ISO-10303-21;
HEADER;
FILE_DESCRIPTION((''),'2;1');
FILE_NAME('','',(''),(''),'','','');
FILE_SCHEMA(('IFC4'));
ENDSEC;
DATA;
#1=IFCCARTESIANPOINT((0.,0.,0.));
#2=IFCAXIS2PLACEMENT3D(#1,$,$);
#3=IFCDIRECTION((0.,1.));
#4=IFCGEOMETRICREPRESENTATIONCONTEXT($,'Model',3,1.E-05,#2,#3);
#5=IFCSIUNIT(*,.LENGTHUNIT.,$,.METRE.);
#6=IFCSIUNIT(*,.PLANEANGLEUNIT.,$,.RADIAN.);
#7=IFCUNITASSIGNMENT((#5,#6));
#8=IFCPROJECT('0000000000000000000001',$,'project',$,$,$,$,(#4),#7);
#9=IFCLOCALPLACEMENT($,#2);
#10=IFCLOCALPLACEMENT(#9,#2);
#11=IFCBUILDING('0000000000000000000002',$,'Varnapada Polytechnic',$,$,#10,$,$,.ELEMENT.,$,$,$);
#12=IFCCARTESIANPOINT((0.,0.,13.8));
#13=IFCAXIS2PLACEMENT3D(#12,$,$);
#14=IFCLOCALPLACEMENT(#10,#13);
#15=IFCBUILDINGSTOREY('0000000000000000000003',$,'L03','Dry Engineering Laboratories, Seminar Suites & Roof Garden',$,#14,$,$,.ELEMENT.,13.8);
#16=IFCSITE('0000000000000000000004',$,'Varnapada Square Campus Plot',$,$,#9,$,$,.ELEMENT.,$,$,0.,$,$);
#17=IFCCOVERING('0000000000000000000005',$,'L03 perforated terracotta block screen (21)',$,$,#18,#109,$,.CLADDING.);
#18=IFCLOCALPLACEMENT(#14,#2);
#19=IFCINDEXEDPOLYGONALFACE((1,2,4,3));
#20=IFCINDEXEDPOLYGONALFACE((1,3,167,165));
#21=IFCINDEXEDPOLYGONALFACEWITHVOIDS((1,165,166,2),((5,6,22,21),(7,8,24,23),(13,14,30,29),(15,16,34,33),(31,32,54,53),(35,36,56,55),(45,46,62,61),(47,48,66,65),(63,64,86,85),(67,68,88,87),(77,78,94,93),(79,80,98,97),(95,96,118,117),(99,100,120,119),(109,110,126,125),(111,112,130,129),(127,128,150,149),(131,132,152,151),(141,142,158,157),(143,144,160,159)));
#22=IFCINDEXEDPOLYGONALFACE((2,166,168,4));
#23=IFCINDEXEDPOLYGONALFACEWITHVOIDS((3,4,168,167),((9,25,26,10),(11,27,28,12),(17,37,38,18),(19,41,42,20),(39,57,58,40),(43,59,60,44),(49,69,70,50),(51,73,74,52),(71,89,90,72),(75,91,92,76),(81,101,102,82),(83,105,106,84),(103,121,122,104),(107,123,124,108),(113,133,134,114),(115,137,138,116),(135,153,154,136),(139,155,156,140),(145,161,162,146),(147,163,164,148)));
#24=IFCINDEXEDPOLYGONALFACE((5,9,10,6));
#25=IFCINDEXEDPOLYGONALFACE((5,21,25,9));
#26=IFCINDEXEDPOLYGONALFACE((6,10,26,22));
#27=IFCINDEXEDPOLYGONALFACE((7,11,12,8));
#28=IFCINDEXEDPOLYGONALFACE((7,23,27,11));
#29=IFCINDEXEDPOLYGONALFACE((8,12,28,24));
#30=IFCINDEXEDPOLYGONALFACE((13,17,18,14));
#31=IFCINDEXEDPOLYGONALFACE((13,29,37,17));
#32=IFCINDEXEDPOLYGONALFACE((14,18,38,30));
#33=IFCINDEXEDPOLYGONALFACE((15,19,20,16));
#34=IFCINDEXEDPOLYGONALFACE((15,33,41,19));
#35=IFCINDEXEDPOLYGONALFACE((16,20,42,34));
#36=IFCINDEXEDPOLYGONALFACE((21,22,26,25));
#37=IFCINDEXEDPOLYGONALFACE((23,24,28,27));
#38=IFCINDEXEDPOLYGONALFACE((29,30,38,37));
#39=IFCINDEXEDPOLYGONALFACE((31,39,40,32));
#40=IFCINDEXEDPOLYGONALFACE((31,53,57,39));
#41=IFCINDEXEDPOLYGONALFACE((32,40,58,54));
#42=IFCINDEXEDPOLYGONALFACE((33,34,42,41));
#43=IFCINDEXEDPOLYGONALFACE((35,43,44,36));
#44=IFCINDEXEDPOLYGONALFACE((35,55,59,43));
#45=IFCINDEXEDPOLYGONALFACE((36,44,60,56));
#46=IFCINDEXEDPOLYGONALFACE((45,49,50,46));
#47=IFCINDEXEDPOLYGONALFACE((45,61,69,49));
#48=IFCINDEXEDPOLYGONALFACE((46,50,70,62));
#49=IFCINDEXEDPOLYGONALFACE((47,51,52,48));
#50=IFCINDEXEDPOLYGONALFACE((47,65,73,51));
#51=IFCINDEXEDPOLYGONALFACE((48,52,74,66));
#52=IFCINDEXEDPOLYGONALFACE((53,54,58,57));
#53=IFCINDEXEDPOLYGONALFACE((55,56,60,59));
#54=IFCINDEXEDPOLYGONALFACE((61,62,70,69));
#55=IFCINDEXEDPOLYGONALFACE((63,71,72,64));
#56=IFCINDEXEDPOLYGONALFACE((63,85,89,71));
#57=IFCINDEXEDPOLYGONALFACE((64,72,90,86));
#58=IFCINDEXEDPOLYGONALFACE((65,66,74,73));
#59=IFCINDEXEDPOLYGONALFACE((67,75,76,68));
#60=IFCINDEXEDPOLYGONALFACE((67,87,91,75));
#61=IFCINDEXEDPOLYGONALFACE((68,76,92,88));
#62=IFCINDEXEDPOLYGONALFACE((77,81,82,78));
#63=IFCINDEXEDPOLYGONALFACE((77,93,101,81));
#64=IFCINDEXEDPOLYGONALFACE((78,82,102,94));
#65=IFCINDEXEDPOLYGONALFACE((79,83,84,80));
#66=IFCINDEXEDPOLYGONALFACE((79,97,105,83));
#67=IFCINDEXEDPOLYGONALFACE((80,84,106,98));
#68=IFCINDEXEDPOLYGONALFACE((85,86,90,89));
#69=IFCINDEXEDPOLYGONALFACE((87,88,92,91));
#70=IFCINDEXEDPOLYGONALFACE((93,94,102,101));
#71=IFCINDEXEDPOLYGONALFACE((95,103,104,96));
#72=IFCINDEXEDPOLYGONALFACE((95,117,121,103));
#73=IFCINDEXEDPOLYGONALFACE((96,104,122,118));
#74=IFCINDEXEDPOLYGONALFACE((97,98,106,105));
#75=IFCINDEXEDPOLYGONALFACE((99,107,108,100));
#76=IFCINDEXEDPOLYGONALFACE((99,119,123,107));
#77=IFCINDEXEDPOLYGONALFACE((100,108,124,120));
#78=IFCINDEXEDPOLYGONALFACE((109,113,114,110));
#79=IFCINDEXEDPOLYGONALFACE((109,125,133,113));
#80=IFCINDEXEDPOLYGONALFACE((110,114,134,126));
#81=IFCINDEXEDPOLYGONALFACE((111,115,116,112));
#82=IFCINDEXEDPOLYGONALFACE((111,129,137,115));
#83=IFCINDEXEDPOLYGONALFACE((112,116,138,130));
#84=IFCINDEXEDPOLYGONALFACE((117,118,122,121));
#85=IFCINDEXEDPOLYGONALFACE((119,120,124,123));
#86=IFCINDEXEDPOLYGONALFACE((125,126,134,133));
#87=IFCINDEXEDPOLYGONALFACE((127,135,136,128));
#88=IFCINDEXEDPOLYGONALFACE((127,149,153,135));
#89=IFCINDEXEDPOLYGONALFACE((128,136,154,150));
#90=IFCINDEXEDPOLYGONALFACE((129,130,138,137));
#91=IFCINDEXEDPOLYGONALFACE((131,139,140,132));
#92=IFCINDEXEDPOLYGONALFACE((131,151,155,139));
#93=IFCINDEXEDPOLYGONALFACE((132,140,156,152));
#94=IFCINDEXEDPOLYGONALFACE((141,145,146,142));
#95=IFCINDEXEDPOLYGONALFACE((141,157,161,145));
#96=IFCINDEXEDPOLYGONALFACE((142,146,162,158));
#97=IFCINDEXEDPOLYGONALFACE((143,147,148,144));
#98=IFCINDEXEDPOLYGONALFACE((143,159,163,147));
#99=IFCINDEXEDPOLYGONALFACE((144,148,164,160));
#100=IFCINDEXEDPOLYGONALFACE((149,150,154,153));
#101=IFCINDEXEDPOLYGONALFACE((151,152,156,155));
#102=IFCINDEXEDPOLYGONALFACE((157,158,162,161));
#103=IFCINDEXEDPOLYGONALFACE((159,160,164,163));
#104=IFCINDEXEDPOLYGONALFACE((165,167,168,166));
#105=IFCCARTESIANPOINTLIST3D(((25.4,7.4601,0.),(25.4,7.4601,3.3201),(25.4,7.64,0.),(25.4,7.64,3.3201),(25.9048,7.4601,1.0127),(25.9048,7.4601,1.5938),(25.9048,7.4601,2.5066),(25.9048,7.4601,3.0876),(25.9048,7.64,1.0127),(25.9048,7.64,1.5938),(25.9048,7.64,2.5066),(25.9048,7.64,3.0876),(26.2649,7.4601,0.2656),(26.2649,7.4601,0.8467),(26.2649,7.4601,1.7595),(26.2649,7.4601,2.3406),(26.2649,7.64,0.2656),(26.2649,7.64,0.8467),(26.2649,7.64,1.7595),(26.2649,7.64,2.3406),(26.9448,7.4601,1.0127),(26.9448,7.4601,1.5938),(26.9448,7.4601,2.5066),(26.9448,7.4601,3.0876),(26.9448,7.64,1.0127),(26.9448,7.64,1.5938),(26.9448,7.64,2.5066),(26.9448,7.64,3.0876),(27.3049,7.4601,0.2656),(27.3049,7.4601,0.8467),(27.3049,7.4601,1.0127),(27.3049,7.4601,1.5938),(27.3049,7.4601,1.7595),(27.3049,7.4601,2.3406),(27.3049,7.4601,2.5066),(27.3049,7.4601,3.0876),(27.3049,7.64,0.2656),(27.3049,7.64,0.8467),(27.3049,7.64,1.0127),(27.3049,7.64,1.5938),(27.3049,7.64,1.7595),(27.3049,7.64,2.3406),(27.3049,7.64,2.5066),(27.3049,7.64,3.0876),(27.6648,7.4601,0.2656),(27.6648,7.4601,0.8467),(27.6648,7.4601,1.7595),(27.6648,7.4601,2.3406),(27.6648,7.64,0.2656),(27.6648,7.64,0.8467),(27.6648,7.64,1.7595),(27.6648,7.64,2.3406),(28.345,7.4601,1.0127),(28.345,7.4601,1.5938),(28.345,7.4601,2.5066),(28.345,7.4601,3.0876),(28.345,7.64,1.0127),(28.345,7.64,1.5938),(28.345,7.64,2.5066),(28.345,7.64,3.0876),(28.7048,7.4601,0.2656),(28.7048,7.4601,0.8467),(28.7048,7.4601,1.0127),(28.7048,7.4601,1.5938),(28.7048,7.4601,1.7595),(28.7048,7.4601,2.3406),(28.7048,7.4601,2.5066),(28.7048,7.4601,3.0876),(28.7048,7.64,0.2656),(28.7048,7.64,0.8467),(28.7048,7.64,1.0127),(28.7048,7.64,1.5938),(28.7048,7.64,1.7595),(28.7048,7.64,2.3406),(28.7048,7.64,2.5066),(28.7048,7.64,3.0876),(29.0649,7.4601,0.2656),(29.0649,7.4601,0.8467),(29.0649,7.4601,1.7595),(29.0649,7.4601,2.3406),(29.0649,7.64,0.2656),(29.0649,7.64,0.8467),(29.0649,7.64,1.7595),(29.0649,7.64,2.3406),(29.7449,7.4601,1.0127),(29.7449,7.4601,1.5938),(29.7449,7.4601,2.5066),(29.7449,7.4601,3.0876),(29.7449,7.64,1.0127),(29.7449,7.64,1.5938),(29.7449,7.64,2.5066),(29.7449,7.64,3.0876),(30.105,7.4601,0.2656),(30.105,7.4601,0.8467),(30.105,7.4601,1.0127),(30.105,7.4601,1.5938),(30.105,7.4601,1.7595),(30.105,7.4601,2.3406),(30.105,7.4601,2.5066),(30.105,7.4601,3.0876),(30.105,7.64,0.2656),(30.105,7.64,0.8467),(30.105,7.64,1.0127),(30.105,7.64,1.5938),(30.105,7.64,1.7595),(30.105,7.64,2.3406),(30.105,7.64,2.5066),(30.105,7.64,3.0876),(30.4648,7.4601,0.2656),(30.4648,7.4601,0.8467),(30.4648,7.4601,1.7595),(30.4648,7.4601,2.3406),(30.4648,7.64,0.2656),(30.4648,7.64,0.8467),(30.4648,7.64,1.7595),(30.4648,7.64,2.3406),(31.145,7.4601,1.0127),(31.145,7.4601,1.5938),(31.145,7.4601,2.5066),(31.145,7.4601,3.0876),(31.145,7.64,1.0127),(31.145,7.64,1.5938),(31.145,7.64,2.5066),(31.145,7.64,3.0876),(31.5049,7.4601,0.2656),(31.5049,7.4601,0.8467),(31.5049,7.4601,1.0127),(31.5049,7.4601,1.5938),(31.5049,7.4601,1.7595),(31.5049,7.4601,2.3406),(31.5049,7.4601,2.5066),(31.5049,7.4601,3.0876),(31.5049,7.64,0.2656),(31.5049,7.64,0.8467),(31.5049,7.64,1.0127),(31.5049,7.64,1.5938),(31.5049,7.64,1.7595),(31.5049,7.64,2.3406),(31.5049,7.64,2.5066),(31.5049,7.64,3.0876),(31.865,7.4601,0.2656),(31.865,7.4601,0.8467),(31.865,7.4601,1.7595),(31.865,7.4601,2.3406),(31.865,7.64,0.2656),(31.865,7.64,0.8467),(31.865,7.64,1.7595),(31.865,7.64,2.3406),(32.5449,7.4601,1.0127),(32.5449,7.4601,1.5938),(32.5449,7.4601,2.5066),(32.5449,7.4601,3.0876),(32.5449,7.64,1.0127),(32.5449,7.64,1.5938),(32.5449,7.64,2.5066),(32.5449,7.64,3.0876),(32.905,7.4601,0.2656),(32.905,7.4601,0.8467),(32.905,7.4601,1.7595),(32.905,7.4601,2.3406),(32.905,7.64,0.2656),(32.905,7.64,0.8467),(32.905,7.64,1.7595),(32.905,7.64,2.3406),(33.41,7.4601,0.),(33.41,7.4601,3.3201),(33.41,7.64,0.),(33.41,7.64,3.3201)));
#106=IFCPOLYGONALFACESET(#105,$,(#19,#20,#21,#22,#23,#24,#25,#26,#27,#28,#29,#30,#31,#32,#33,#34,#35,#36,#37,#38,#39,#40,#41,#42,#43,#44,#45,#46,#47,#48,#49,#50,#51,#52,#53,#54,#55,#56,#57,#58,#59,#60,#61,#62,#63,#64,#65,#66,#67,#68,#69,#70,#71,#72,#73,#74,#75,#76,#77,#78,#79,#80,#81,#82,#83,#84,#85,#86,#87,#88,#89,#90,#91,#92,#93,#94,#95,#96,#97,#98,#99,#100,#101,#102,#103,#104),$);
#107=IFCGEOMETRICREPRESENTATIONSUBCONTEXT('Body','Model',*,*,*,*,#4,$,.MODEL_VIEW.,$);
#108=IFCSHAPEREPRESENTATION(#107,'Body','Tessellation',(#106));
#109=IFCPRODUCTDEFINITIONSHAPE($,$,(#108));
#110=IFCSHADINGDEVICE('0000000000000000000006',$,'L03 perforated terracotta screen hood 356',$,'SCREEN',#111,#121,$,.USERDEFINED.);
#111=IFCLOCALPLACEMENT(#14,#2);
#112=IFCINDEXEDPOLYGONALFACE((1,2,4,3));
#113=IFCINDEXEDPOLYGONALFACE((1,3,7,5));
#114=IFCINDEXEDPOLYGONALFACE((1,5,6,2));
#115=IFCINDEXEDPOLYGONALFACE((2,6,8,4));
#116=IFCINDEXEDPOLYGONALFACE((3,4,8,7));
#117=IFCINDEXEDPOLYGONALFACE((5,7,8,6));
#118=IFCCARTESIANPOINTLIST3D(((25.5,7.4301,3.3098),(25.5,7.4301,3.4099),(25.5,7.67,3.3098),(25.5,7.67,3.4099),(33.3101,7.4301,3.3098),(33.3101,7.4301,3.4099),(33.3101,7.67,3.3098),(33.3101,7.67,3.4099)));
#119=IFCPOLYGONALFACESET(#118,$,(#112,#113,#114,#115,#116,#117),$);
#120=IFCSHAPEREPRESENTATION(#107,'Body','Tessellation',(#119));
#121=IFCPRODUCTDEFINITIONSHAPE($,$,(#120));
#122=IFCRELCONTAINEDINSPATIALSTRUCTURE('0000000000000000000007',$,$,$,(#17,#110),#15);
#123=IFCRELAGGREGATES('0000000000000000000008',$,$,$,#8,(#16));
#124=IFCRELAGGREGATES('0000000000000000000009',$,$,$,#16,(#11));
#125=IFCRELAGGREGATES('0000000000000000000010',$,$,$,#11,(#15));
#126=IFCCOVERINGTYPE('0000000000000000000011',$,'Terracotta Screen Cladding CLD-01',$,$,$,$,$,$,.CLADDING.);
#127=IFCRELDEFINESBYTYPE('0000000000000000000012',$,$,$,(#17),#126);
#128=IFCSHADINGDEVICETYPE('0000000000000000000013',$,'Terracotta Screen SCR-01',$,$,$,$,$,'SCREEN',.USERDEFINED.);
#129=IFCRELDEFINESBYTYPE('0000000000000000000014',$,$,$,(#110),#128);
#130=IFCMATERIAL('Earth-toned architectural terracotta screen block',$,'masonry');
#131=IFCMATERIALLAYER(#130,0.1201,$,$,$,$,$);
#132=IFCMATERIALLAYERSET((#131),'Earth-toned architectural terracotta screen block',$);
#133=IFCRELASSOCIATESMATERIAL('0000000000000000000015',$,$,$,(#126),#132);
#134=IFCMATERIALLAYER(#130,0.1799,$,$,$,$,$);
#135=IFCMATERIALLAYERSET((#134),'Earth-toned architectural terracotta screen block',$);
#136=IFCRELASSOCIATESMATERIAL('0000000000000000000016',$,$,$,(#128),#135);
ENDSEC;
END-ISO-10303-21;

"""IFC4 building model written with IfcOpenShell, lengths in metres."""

from ifc_helpers import new_model, si_unit, direction, frame, frame_2d, origin, origin_2d, place, context, subcontext, project, spatial, rectangle, extrude, material, layer, layer_set, type_object, element, save


model = new_model("IFC4")

# Units and contexts
model_context = context("Model", 3, precision=1e-05, world=origin(), true_north=direction((0.0, 1.0)))
body_context = subcontext(model_context, "Body", "Model", "MODEL_VIEW")
ifc_project = project(units=[si_unit("LENGTHUNIT", "METRE"), si_unit("PLANEANGLEUNIT", "RADIAN")], contexts=[model_context])

# Site, building, storey
site_placement = place(None, origin())
site = spatial("IfcSite", under=ifc_project, at=site_placement, Name="Varnapada Square Campus Plot", CompositionType="ELEMENT", RefElevation=0.0)
building_placement = place(site_placement, origin())
building = spatial("IfcBuilding", under=site, at=building_placement, Name="Varnapada Polytechnic", CompositionType="ELEMENT")
storey_placement = place(building_placement, frame((0.0, 0.0, 13.8)))
storey = spatial("IfcBuildingStorey", under=building, at=storey_placement, Name="L03", Description="Dry Engineering Laboratories, Seminar Suites & Roof Garden", CompositionType="ELEMENT", Elevation=13.8)

# Covering, openings
ifc_material_1 = material(Name="Earth-toned architectural terracotta screen block", Category="masonry")
ifc_layer_1 = layer(ifc_material_1, 0.1201)
ifc_layer_set_1 = layer_set([ifc_layer_1], Name="Earth-toned architectural terracotta screen block")
covering_type = type_object("IfcCoveringType", Name="Terracotta Screen Cladding CLD-01", PredefinedType="CLADDING", material=ifc_layer_set_1)
covering_placement = place(storey_placement, frame((33.4099, 7.55, 0.0), z_axis=(0.0, 0.0, 1.0), x_axis=(-1.0, 0.0, 0.0)))
covering = element("IfcCovering", 1, at=covering_placement, inside=storey, type_object=covering_type, Name="L03 perforated terracotta block screen (21)", PredefinedType="CLADDING", context=body_context, shape_type="SweptSolid", body=[
    extrude(rectangle(XDim=8.01, YDim=0.1799, at=frame_2d((4.0049, 0.0))), origin(), (0.0, 0.0, 1.0), 3.3201),
])
opening_1_placement = place(covering_placement, frame((0.5049, 0.0, 0.2656)))
element("IfcOpeningElement", 2, at=opening_1_placement, cuts=covering, PredefinedType="OPENING", context=body_context, shape_type="SweptSolid", body=[
    extrude(rectangle(XDim=1.04, YDim=0.5811, at=frame_2d((0.52, 0.2905))), frame((0.0, 0.0999, 0.0), z_axis=(0.0, -1.0, 0.0), x_axis=(1.0, 0.0, 0.0)), (0.0, 0.0, 1.0), 0.2),
])
opening_2_placement = place(covering_placement, frame((1.905, 0.0, 0.2656)))
element("IfcOpeningElement", 3, at=opening_2_placement, cuts=covering, PredefinedType="OPENING", context=body_context, shape_type="SweptSolid", body=[
    extrude(rectangle(XDim=1.04, YDim=0.5811, at=frame_2d((0.52, 0.2905))), frame((0.0, 0.0999, 0.0), z_axis=(0.0, -1.0, 0.0), x_axis=(1.0, 0.0, 0.0)), (0.0, 0.0, 1.0), 0.2),
])
opening_3_placement = place(covering_placement, frame((3.3049, 0.0, 0.2656)))
element("IfcOpeningElement", 4, at=opening_3_placement, cuts=covering, PredefinedType="OPENING", context=body_context, shape_type="SweptSolid", body=[
    extrude(rectangle(XDim=1.04, YDim=0.5811, at=frame_2d((0.52, 0.2905))), frame((0.0, 0.0999, 0.0), z_axis=(0.0, -1.0, 0.0), x_axis=(1.0, 0.0, 0.0)), (0.0, 0.0, 1.0), 0.2),
])
opening_4_placement = place(covering_placement, frame((4.7051, 0.0, 0.2656)))
element("IfcOpeningElement", 5, at=opening_4_placement, cuts=covering, PredefinedType="OPENING", context=body_context, shape_type="SweptSolid", body=[
    extrude(rectangle(XDim=1.04, YDim=0.5811, at=frame_2d((0.52, 0.2905))), frame((0.0, 0.0999, 0.0), z_axis=(0.0, -1.0, 0.0), x_axis=(1.0, 0.0, 0.0)), (0.0, 0.0, 1.0), 0.2),
])
opening_5_placement = place(covering_placement, frame((6.105, 0.0, 0.2656)))
element("IfcOpeningElement", 6, at=opening_5_placement, cuts=covering, PredefinedType="OPENING", context=body_context, shape_type="SweptSolid", body=[
    extrude(rectangle(XDim=1.04, YDim=0.5811, at=frame_2d((0.52, 0.2905))), frame((0.0, 0.0999, 0.0), z_axis=(0.0, -1.0, 0.0), x_axis=(1.0, 0.0, 0.0)), (0.0, 0.0, 1.0), 0.2),
])
opening_6_placement = place(covering_placement, frame((0.865, 0.0, 1.0127)))
element("IfcOpeningElement", 7, at=opening_6_placement, cuts=covering, PredefinedType="OPENING", context=body_context, shape_type="SweptSolid", body=[
    extrude(rectangle(XDim=1.04, YDim=0.5811, at=frame_2d((0.52, 0.2905))), frame((0.0, 0.0999, 0.0), z_axis=(0.0, -1.0, 0.0), x_axis=(1.0, 0.0, 0.0)), (0.0, 0.0, 1.0), 0.2),
])
opening_7_placement = place(covering_placement, frame((2.2649, 0.0, 1.0127)))
element("IfcOpeningElement", 8, at=opening_7_placement, cuts=covering, PredefinedType="OPENING", context=body_context, shape_type="SweptSolid", body=[
    extrude(rectangle(XDim=1.04, YDim=0.5811, at=frame_2d((0.52, 0.2905))), frame((0.0, 0.0999, 0.0), z_axis=(0.0, -1.0, 0.0), x_axis=(1.0, 0.0, 0.0)), (0.0, 0.0, 1.0), 0.2),
])
opening_8_placement = place(covering_placement, frame((3.665, 0.0, 1.0127)))
element("IfcOpeningElement", 9, at=opening_8_placement, cuts=covering, PredefinedType="OPENING", context=body_context, shape_type="SweptSolid", body=[
    extrude(rectangle(XDim=1.04, YDim=0.5811, at=frame_2d((0.52, 0.2905))), frame((0.0, 0.0999, 0.0), z_axis=(0.0, -1.0, 0.0), x_axis=(1.0, 0.0, 0.0)), (0.0, 0.0, 1.0), 0.2),
])
opening_9_placement = place(covering_placement, frame((5.0649, 0.0, 1.0127)))
element("IfcOpeningElement", 10, at=opening_9_placement, cuts=covering, PredefinedType="OPENING", context=body_context, shape_type="SweptSolid", body=[
    extrude(rectangle(XDim=1.04, YDim=0.5811, at=frame_2d((0.52, 0.2905))), frame((0.0, 0.0999, 0.0), z_axis=(0.0, -1.0, 0.0), x_axis=(1.0, 0.0, 0.0)), (0.0, 0.0, 1.0), 0.2),
])
opening_10_placement = place(covering_placement, frame((6.4651, 0.0, 1.0127)))
element("IfcOpeningElement", 11, at=opening_10_placement, cuts=covering, PredefinedType="OPENING", context=body_context, shape_type="SweptSolid", body=[
    extrude(rectangle(XDim=1.04, YDim=0.5811, at=frame_2d((0.52, 0.2905))), frame((0.0, 0.0999, 0.0), z_axis=(0.0, -1.0, 0.0), x_axis=(1.0, 0.0, 0.0)), (0.0, 0.0, 1.0), 0.2),
])
opening_11_placement = place(covering_placement, frame((0.5049, 0.0, 1.7595)))
element("IfcOpeningElement", 12, at=opening_11_placement, cuts=covering, PredefinedType="OPENING", context=body_context, shape_type="SweptSolid", body=[
    extrude(rectangle(XDim=1.04, YDim=0.5811, at=frame_2d((0.52, 0.2905))), frame((0.0, 0.0999, 0.0), z_axis=(0.0, -1.0, 0.0), x_axis=(1.0, 0.0, 0.0)), (0.0, 0.0, 1.0), 0.2),
])
opening_12_placement = place(covering_placement, frame((1.905, 0.0, 1.7595)))
element("IfcOpeningElement", 13, at=opening_12_placement, cuts=covering, PredefinedType="OPENING", context=body_context, shape_type="SweptSolid", body=[
    extrude(rectangle(XDim=1.04, YDim=0.5811, at=frame_2d((0.52, 0.2905))), frame((0.0, 0.0999, 0.0), z_axis=(0.0, -1.0, 0.0), x_axis=(1.0, 0.0, 0.0)), (0.0, 0.0, 1.0), 0.2),
])
opening_13_placement = place(covering_placement, frame((3.3049, 0.0, 1.7595)))
element("IfcOpeningElement", 14, at=opening_13_placement, cuts=covering, PredefinedType="OPENING", context=body_context, shape_type="SweptSolid", body=[
    extrude(rectangle(XDim=1.04, YDim=0.5811, at=frame_2d((0.52, 0.2905))), frame((0.0, 0.0999, 0.0), z_axis=(0.0, -1.0, 0.0), x_axis=(1.0, 0.0, 0.0)), (0.0, 0.0, 1.0), 0.2),
])
opening_14_placement = place(covering_placement, frame((4.7051, 0.0, 1.7595)))
element("IfcOpeningElement", 15, at=opening_14_placement, cuts=covering, PredefinedType="OPENING", context=body_context, shape_type="SweptSolid", body=[
    extrude(rectangle(XDim=1.04, YDim=0.5811, at=frame_2d((0.52, 0.2905))), frame((0.0, 0.0999, 0.0), z_axis=(0.0, -1.0, 0.0), x_axis=(1.0, 0.0, 0.0)), (0.0, 0.0, 1.0), 0.2),
])
opening_15_placement = place(covering_placement, frame((6.105, 0.0, 1.7595)))
element("IfcOpeningElement", 16, at=opening_15_placement, cuts=covering, PredefinedType="OPENING", context=body_context, shape_type="SweptSolid", body=[
    extrude(rectangle(XDim=1.04, YDim=0.5811, at=frame_2d((0.52, 0.2905))), frame((0.0, 0.0999, 0.0), z_axis=(0.0, -1.0, 0.0), x_axis=(1.0, 0.0, 0.0)), (0.0, 0.0, 1.0), 0.2),
])
opening_16_placement = place(covering_placement, frame((0.865, 0.0, 2.5066)))
element("IfcOpeningElement", 17, at=opening_16_placement, cuts=covering, PredefinedType="OPENING", context=body_context, shape_type="SweptSolid", body=[
    extrude(rectangle(XDim=1.04, YDim=0.5811, at=frame_2d((0.52, 0.2905))), frame((0.0, 0.0999, 0.0), z_axis=(0.0, -1.0, 0.0), x_axis=(1.0, 0.0, 0.0)), (0.0, 0.0, 1.0), 0.2),
])
opening_17_placement = place(covering_placement, frame((2.2649, 0.0, 2.5066)))
element("IfcOpeningElement", 18, at=opening_17_placement, cuts=covering, PredefinedType="OPENING", context=body_context, shape_type="SweptSolid", body=[
    extrude(rectangle(XDim=1.04, YDim=0.5811, at=frame_2d((0.52, 0.2905))), frame((0.0, 0.0999, 0.0), z_axis=(0.0, -1.0, 0.0), x_axis=(1.0, 0.0, 0.0)), (0.0, 0.0, 1.0), 0.2),
])
opening_18_placement = place(covering_placement, frame((3.665, 0.0, 2.5066)))
element("IfcOpeningElement", 19, at=opening_18_placement, cuts=covering, PredefinedType="OPENING", context=body_context, shape_type="SweptSolid", body=[
    extrude(rectangle(XDim=1.04, YDim=0.5811, at=frame_2d((0.52, 0.2905))), frame((0.0, 0.0999, 0.0), z_axis=(0.0, -1.0, 0.0), x_axis=(1.0, 0.0, 0.0)), (0.0, 0.0, 1.0), 0.2),
])
opening_19_placement = place(covering_placement, frame((5.0649, 0.0, 2.5066)))
element("IfcOpeningElement", 20, at=opening_19_placement, cuts=covering, PredefinedType="OPENING", context=body_context, shape_type="SweptSolid", body=[
    extrude(rectangle(XDim=1.04, YDim=0.5811, at=frame_2d((0.52, 0.2905))), frame((0.0, 0.0999, 0.0), z_axis=(0.0, -1.0, 0.0), x_axis=(1.0, 0.0, 0.0)), (0.0, 0.0, 1.0), 0.2),
])
opening_20_placement = place(covering_placement, frame((6.4651, 0.0, 2.5066)))
element("IfcOpeningElement", 21, at=opening_20_placement, cuts=covering, PredefinedType="OPENING", context=body_context, shape_type="SweptSolid", body=[
    extrude(rectangle(XDim=1.04, YDim=0.5811, at=frame_2d((0.52, 0.2905))), frame((0.0, 0.0999, 0.0), z_axis=(0.0, -1.0, 0.0), x_axis=(1.0, 0.0, 0.0)), (0.0, 0.0, 1.0), 0.2),
])

# Shading device
ifc_layer_2 = layer(ifc_material_1, 0.1799)
ifc_layer_set_2 = layer_set([ifc_layer_2], Name="Earth-toned architectural terracotta screen block")
shading_device_type = type_object("IfcShadingDeviceType", Name="Terracotta Screen SCR-01", ElementType="SCREEN", PredefinedType="USERDEFINED", material=ifc_layer_set_2)
shading_device_placement = place(storey_placement, frame((29.405, 7.55, 3.3098), z_axis=(0.0, 0.0, 1.0), x_axis=(-1.0, 0.0, 0.0)))
element("IfcShadingDevice", 22, at=shading_device_placement, inside=storey, type_object=shading_device_type, Name="L03 perforated terracotta screen hood 356", ObjectType="SCREEN", PredefinedType="USERDEFINED", context=body_context, shape_type="SweptSolid", body=[
    extrude(rectangle(XDim=7.8101, YDim=0.24, at=origin_2d()), origin(), (0.0, 0.0, 1.0), 0.1001),
])

save(model, "model.ifc")
